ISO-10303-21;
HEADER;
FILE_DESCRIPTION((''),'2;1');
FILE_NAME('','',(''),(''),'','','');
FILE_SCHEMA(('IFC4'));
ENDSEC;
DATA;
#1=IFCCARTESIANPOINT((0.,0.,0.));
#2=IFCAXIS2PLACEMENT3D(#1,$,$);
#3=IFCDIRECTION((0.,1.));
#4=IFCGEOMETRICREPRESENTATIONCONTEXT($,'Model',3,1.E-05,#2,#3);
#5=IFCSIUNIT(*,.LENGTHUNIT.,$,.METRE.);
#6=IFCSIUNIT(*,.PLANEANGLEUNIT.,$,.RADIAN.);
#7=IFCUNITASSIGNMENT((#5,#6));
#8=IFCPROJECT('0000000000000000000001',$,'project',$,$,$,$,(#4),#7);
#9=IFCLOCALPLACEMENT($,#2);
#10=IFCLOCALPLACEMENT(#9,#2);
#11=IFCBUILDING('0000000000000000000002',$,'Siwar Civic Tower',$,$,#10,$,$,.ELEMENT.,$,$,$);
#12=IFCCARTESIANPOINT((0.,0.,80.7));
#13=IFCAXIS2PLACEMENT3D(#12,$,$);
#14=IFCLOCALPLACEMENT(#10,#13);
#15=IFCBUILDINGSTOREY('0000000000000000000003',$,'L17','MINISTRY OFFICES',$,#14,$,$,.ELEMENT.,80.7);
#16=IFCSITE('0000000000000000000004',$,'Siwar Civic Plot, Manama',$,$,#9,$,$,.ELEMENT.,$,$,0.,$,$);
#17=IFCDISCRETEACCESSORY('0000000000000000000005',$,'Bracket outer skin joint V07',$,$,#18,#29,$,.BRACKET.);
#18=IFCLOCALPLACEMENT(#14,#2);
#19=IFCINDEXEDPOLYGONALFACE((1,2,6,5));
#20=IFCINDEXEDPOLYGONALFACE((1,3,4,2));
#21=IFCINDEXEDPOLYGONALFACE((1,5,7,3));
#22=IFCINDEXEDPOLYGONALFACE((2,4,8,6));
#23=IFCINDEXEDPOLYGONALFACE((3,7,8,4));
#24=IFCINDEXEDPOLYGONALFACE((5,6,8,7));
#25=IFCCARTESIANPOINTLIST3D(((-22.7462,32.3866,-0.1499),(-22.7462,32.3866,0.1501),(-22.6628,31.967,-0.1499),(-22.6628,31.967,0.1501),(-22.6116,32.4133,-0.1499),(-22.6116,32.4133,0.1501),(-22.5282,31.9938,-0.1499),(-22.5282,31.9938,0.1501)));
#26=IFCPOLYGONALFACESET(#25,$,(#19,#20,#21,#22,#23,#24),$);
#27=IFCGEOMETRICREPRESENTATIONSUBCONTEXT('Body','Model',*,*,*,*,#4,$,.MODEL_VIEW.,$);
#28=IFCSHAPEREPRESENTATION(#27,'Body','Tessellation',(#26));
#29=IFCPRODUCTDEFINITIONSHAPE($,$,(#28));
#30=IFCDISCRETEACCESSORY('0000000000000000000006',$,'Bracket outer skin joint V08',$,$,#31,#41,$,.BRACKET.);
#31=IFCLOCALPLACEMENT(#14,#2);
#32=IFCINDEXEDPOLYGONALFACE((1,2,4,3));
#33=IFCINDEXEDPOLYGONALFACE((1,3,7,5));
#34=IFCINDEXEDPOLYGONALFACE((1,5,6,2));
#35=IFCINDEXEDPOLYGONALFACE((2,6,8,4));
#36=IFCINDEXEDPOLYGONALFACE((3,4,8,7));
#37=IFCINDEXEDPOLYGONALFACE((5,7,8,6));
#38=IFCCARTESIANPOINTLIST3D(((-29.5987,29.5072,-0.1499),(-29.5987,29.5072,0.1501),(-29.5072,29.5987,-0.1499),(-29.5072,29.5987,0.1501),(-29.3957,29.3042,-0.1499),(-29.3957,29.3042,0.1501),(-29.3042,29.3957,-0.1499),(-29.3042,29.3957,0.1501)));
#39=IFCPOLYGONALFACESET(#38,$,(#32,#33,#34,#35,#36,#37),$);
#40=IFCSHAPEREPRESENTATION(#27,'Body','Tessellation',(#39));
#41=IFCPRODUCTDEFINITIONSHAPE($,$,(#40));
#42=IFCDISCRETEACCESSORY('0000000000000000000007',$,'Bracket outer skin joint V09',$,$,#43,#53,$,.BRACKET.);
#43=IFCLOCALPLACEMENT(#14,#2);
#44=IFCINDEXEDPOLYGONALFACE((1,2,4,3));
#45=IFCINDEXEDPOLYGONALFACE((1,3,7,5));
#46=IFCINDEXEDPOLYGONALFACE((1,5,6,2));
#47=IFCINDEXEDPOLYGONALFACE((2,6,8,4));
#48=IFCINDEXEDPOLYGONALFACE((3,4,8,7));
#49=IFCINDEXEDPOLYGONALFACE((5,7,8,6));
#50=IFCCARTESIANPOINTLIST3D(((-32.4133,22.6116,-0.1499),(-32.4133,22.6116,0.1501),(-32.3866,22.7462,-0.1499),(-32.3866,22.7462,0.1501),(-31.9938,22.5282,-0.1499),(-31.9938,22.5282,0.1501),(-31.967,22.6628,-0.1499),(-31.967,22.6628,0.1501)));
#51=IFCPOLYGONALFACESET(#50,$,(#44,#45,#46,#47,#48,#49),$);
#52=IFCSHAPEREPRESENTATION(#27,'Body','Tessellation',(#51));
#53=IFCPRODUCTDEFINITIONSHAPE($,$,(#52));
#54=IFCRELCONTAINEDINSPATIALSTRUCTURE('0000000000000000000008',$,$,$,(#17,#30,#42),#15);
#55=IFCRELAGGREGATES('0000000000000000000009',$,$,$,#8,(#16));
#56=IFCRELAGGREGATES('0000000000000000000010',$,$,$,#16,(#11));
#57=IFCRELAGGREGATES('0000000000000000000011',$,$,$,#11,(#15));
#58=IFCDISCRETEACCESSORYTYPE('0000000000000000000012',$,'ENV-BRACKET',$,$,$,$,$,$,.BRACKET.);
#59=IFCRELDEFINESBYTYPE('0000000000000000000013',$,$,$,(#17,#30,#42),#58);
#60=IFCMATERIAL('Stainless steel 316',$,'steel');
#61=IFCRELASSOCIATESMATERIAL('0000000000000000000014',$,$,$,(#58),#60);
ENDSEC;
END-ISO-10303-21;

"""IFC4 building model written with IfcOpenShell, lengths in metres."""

from ifc_helpers import new_model, si_unit, direction, frame, origin, origin_2d, place, context, subcontext, project, spatial, rectangle, extrude, material, type_object, element, save


model = new_model("IFC4")

# Units and contexts
model_context = context("Model", 3, precision=1e-05, world=origin(), true_north=direction((0.0, 1.0)))
body_context = subcontext(model_context, "Body", "Model", "MODEL_VIEW")
ifc_project = project(units=[si_unit("LENGTHUNIT", "METRE"), si_unit("PLANEANGLEUNIT", "RADIAN")], contexts=[model_context])

# Site, building, storey
site_placement = place(None, origin())
site = spatial("IfcSite", under=ifc_project, at=site_placement, Name="Siwar Civic Plot, Manama", CompositionType="ELEMENT", RefElevation=0.0)
building_placement = place(site_placement, origin())
building = spatial("IfcBuilding", under=site, at=building_placement, Name="Siwar Civic Tower", CompositionType="ELEMENT")
storey_placement = place(building_placement, frame((0.0, 0.0, 80.7)))
storey = spatial("IfcBuildingStorey", under=building, at=storey_placement, Name="L17", Description="MINISTRY OFFICES", CompositionType="ELEMENT", Elevation=80.7)

# Discrete accessories
ifc_material_1 = material(Name="Stainless steel 316", Category="steel")
discrete_accessory_type = type_object("IfcDiscreteAccessoryType", Name="ENV-BRACKET", PredefinedType="BRACKET", material=ifc_material_1)
discrete_accessory_1_placement = place(storey_placement, frame((-22.6372, 32.1902, -0.1499), z_axis=(0.0, 0.0, 1.0), x_axis=(-0.19509, 0.980785, 0.0)))
element("IfcDiscreteAccessory", 1, at=discrete_accessory_1_placement, inside=storey, type_object=discrete_accessory_type, Name="Bracket outer skin joint V07", PredefinedType="BRACKET", context=body_context, shape_type="SweptSolid", body=[
    extrude(rectangle(XDim=0.4277, YDim=0.1372, at=origin_2d()), origin(), (0.0, 0.0, 1.0), 0.3),
])
discrete_accessory_2_placement = place(storey_placement, frame((-29.4514, 29.4514, -0.1499), z_axis=(0.0, 0.0, 1.0), x_axis=(-0.707107, 0.707107, 0.0)))
element("IfcDiscreteAccessory", 2, at=discrete_accessory_2_placement, inside=storey, type_object=discrete_accessory_type, Name="Bracket outer skin joint V08", PredefinedType="BRACKET", context=body_context, shape_type="SweptSolid", body=[
    extrude(rectangle(XDim=0.2871, YDim=0.1294, at=origin_2d()), origin(), (0.0, 0.0, 1.0), 0.3),
])
discrete_accessory_3_placement = place(storey_placement, frame((-32.1902, 22.6372, -0.1499), z_axis=(0.0, 0.0, 1.0), x_axis=(-0.980785, 0.19509, 0.0)))
element("IfcDiscreteAccessory", 3, at=discrete_accessory_3_placement, inside=storey, type_object=discrete_accessory_type, Name="Bracket outer skin joint V09", PredefinedType="BRACKET", context=body_context, shape_type="SweptSolid", body=[
    extrude(rectangle(XDim=0.4277, YDim=0.1372, at=origin_2d()), origin(), (0.0, 0.0, 1.0), 0.3),
])

save(model, "model.ifc")
